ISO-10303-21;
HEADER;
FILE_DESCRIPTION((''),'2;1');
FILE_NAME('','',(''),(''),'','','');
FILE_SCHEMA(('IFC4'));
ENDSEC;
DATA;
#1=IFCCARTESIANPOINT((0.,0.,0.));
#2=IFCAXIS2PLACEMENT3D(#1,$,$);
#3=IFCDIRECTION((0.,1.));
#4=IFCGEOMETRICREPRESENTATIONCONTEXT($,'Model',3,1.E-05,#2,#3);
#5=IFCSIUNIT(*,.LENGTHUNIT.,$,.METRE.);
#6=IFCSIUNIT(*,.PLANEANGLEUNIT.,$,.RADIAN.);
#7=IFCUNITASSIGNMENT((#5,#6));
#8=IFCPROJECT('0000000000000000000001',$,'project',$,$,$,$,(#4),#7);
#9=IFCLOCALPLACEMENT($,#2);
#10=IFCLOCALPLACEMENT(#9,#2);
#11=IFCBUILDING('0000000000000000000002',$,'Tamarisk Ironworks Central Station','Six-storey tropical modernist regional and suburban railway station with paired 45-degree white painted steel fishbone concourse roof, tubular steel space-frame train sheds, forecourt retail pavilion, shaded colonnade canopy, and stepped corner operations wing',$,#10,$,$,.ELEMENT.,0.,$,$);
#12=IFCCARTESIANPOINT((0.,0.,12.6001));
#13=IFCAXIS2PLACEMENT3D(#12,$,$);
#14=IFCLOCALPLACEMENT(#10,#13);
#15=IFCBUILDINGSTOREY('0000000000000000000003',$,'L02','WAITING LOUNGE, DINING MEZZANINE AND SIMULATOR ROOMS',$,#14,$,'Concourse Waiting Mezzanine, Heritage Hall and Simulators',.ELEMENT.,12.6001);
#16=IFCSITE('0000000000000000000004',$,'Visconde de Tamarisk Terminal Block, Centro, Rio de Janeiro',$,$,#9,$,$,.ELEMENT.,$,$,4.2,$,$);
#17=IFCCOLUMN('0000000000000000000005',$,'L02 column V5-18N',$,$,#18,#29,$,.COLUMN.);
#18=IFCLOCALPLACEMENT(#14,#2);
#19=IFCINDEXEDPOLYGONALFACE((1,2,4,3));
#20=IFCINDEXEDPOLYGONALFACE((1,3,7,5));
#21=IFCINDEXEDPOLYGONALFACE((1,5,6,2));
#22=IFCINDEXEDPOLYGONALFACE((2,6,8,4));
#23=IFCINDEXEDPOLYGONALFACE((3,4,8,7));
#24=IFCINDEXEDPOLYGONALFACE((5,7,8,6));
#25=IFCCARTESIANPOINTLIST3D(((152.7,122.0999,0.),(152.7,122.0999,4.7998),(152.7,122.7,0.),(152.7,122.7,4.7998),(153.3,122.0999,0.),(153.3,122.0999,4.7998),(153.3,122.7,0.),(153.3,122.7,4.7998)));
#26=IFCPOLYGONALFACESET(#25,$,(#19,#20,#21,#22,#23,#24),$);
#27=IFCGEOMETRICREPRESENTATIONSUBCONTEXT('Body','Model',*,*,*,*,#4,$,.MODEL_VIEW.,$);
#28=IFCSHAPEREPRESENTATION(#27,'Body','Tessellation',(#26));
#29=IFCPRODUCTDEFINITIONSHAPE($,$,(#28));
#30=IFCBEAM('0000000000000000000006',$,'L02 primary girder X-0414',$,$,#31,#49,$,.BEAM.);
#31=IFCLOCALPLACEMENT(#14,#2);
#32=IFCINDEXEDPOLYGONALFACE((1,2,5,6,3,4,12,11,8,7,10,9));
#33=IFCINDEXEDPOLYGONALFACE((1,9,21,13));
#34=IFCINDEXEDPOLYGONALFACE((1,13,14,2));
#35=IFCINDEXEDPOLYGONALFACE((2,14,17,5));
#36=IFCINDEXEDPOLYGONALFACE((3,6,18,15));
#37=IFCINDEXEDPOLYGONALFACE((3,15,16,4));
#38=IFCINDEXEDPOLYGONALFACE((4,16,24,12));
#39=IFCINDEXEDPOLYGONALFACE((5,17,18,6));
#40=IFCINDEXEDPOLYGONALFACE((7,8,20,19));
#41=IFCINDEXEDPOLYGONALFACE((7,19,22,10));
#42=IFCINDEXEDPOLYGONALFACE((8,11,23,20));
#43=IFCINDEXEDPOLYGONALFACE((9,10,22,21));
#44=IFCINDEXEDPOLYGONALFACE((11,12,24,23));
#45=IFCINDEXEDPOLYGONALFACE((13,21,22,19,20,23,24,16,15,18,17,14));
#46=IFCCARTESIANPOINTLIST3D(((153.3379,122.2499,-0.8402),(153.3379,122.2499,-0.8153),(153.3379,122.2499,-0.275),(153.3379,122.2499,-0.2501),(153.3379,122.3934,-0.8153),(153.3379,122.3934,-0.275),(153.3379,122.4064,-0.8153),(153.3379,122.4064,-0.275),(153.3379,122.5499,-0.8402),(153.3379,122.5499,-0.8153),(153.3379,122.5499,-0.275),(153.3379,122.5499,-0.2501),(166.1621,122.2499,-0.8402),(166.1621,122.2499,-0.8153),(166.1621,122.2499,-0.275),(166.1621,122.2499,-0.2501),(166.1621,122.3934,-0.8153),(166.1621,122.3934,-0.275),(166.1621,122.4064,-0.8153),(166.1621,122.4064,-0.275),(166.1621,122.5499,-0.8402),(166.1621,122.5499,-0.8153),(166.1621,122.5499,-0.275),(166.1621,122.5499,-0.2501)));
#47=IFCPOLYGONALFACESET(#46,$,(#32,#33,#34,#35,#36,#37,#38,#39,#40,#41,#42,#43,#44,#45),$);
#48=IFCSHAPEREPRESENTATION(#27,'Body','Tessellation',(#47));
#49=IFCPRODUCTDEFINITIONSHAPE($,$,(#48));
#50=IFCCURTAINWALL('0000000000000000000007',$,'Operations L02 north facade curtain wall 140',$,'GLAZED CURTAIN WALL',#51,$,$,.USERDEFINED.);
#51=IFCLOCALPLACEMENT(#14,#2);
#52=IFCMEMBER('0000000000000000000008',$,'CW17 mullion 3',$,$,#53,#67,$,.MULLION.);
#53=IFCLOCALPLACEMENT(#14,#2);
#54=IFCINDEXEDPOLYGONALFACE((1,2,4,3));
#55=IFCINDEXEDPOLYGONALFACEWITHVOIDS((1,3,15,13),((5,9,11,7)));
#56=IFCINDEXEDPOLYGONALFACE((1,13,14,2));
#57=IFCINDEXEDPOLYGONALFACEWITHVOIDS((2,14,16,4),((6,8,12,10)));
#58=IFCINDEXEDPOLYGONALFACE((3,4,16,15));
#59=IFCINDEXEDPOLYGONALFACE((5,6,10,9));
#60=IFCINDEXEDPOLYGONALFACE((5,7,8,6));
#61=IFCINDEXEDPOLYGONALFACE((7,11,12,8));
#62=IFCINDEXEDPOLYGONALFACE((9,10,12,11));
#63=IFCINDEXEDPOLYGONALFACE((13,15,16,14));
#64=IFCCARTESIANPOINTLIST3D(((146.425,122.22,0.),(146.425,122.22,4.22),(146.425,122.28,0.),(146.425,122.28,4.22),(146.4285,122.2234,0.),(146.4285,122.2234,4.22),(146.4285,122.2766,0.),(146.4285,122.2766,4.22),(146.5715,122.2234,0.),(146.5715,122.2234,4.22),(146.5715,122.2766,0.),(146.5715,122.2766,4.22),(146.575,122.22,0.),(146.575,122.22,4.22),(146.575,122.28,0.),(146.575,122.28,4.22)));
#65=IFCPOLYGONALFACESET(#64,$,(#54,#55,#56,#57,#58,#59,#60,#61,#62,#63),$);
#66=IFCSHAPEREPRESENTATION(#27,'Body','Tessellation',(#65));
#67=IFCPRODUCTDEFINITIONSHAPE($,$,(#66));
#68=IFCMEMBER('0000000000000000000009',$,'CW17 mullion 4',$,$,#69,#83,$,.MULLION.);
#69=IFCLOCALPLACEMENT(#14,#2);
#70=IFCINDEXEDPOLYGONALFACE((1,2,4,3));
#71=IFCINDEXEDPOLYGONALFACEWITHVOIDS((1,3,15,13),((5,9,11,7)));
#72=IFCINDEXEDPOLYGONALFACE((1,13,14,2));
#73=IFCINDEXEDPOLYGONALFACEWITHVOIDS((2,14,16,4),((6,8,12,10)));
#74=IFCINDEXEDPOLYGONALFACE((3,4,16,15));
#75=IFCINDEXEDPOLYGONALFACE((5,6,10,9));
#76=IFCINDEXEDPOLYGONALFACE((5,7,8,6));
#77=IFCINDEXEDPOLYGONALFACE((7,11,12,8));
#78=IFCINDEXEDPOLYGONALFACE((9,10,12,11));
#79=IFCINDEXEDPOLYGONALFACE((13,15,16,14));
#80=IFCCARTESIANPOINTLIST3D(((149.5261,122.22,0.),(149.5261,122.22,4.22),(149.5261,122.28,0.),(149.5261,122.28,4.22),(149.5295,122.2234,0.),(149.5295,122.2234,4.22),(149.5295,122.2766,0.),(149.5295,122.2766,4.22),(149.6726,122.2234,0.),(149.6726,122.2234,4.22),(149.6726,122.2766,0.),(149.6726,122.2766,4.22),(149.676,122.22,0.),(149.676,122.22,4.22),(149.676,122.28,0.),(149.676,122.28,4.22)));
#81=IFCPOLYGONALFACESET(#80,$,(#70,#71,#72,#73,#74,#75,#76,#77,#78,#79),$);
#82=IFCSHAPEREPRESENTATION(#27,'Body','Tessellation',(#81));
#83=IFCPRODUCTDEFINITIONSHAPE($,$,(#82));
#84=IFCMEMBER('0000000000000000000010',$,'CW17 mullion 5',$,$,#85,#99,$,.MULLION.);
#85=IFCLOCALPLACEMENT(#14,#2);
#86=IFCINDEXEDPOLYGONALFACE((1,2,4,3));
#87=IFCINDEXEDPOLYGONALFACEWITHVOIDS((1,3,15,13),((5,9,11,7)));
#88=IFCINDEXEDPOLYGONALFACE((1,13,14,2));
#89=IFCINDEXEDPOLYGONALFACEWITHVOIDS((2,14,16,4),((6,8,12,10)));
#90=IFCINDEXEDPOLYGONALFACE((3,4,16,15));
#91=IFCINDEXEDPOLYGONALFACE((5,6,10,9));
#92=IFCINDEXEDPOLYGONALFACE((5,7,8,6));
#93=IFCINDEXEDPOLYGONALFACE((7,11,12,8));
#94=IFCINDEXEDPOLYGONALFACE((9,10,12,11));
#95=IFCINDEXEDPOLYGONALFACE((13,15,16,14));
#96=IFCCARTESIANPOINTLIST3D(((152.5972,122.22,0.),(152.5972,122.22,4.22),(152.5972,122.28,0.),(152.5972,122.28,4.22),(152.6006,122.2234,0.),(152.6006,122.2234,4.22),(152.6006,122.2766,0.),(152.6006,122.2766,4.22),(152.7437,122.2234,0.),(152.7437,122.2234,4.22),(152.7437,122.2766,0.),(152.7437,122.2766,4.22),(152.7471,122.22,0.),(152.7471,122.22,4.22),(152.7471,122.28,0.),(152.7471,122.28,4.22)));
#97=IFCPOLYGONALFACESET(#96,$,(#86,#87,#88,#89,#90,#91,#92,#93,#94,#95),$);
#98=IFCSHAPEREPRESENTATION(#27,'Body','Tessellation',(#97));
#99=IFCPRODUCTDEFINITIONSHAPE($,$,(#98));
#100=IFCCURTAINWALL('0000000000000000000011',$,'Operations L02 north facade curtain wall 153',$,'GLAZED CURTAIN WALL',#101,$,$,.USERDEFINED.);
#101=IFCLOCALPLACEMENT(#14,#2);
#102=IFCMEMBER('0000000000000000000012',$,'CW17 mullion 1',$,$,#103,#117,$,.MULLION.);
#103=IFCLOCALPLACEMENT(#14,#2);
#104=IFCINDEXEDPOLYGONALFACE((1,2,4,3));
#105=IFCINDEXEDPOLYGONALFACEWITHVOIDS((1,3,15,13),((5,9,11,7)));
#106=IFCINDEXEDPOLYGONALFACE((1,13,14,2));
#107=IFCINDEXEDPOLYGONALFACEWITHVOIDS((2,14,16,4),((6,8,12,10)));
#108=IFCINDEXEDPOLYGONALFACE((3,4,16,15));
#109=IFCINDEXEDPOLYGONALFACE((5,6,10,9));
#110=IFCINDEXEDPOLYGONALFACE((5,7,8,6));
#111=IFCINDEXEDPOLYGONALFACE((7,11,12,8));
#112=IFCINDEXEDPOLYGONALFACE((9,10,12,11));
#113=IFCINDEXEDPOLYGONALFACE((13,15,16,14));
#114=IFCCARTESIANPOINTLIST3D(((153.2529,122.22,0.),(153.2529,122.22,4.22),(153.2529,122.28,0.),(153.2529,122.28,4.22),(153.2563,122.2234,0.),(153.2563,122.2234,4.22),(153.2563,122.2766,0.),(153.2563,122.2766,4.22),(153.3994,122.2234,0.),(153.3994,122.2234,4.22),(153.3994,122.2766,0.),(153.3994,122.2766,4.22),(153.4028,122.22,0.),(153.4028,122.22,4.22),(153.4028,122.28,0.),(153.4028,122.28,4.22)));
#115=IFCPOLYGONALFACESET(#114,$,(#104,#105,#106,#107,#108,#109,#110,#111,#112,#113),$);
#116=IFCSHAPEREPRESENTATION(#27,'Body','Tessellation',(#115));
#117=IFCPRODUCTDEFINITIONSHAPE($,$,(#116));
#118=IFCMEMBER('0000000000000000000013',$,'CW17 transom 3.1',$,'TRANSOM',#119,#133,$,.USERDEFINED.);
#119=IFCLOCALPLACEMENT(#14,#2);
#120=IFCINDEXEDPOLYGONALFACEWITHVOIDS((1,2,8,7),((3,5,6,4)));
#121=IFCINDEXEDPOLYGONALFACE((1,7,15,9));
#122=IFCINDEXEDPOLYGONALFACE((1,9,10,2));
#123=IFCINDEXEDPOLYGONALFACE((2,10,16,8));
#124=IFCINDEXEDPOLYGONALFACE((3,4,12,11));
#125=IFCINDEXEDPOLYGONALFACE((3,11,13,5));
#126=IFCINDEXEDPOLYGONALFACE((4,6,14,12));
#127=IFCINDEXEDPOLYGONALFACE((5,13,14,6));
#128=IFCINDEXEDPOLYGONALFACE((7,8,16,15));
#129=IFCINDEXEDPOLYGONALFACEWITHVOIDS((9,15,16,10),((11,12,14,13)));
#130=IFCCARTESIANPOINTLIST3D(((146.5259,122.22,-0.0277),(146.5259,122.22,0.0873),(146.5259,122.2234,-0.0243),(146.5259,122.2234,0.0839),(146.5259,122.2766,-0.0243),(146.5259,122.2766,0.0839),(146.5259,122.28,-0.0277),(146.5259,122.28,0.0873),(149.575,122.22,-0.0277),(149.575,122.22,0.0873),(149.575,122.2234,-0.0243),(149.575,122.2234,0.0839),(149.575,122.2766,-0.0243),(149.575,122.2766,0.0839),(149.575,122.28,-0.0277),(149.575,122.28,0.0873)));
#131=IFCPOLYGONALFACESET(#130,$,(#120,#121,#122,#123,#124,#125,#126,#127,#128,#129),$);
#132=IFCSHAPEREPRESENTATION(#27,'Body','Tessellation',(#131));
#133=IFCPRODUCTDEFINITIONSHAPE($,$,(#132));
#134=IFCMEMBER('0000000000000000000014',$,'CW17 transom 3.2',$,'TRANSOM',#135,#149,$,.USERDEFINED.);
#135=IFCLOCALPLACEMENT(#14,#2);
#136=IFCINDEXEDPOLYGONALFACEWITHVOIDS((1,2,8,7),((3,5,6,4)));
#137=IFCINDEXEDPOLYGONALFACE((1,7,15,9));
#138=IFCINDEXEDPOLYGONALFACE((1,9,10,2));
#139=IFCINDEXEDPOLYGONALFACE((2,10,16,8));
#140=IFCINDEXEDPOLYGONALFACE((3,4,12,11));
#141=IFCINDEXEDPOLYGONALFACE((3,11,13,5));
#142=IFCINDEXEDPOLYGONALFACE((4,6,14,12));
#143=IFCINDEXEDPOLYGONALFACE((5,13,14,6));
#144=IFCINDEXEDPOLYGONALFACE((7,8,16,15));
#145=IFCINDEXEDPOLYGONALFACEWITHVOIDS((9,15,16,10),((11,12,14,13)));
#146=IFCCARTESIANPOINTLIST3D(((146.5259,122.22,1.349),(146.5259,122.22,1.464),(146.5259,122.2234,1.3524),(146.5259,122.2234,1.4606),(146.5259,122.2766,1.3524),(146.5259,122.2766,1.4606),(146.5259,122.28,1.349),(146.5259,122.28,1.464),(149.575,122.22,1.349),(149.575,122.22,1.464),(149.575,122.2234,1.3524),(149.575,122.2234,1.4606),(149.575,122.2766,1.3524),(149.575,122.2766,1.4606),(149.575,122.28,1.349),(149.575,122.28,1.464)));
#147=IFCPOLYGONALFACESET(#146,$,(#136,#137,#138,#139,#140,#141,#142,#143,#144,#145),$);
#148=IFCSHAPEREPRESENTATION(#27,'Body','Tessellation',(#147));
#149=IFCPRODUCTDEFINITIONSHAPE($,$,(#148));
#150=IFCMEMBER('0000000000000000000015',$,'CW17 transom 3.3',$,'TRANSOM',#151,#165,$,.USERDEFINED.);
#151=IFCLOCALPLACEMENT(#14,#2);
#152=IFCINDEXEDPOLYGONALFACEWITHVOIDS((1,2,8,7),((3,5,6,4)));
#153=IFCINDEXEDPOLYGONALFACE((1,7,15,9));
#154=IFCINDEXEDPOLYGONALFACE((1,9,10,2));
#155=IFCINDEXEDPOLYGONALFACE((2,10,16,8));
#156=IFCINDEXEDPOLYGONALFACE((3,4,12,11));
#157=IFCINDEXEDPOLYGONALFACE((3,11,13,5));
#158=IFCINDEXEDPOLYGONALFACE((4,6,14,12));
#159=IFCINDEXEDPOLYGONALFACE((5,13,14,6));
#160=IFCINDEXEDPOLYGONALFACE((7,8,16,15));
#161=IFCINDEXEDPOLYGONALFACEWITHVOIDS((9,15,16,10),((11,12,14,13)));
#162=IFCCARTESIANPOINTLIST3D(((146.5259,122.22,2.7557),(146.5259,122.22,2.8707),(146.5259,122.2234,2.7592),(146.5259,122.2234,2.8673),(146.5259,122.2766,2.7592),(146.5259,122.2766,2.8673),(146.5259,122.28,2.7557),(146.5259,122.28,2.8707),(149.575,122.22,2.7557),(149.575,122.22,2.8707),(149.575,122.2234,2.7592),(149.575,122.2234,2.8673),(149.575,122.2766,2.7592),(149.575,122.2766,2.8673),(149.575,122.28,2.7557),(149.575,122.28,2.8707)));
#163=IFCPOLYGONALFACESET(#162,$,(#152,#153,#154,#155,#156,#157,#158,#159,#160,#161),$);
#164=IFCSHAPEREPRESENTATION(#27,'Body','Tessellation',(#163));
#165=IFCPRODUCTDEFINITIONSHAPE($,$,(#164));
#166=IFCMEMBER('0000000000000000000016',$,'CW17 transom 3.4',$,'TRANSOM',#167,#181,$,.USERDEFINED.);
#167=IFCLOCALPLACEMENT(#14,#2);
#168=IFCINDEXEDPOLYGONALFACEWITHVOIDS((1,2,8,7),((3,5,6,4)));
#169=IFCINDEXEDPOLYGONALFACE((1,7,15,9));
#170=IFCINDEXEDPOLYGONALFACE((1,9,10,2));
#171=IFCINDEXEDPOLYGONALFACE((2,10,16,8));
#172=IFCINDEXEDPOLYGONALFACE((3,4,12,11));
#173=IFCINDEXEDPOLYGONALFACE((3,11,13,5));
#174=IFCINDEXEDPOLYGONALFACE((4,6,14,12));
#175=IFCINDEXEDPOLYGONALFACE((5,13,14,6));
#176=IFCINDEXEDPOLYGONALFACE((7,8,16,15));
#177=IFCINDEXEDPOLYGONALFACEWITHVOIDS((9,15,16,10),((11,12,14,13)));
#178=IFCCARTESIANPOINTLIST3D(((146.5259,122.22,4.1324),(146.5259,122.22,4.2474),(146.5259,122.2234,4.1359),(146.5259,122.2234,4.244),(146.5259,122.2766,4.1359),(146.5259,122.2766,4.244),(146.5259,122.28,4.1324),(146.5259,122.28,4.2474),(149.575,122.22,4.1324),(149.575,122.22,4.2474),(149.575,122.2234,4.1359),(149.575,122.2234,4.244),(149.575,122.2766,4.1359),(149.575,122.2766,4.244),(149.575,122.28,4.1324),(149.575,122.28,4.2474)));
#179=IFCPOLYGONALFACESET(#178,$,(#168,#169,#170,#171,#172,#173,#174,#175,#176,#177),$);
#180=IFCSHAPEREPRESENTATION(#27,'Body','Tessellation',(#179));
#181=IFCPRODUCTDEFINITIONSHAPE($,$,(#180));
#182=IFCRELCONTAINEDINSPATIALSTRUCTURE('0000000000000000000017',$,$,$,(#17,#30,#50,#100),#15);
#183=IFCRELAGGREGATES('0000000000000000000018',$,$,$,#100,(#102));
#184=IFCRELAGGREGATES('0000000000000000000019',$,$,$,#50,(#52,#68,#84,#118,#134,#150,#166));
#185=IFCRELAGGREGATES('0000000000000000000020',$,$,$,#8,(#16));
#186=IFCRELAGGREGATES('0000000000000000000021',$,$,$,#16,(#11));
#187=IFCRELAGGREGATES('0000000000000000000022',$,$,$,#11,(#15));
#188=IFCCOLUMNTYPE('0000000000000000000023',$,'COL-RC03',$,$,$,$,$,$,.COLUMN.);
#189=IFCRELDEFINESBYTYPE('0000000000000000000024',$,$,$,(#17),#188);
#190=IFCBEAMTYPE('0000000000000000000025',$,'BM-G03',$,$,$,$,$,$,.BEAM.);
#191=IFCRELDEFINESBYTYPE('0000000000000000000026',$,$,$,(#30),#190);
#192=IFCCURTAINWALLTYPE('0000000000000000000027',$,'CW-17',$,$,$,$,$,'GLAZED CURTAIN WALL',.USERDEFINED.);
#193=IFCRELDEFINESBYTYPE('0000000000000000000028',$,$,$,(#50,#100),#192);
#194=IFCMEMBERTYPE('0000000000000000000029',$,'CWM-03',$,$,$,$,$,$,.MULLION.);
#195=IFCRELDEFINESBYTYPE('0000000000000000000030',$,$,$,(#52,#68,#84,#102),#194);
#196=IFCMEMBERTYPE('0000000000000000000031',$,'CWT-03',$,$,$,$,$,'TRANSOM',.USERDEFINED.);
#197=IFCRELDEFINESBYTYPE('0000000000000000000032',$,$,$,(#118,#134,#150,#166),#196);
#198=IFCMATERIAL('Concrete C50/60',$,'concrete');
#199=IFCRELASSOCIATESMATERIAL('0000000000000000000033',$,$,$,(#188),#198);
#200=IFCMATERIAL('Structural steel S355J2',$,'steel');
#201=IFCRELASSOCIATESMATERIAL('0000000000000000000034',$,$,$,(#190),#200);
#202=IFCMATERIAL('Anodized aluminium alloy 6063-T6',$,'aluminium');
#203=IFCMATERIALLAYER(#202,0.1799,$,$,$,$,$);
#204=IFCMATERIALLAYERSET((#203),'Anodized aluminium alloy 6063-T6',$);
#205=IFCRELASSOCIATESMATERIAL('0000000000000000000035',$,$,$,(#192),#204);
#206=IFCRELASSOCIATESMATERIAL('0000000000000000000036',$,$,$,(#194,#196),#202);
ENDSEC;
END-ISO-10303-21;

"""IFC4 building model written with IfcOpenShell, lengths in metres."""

from ifc_helpers import new_model, si_unit, direction, frame, origin, origin_2d, place, context, subcontext, project, spatial, rectangle, hollow_rectangle, i_section, extrude, material, layer, layer_set, material_profile, profile_set, type_object, element, aggregate, save


model = new_model("IFC4")

# Units and contexts
model_context = context("Model", 3, precision=1e-05, world=origin(), true_north=direction((0.0, 1.0)))
body_context = subcontext(model_context, "Body", "Model", "MODEL_VIEW")
ifc_project = project(units=[si_unit("LENGTHUNIT", "METRE"), si_unit("PLANEANGLEUNIT", "RADIAN")], contexts=[model_context])

# Site, building, storey
site_placement = place(None, origin())
site = spatial("IfcSite", under=ifc_project, at=site_placement, Name="Visconde de Tamarisk Terminal Block, Centro, Rio de Janeiro", CompositionType="ELEMENT", RefElevation=4.2)
building_placement = place(site_placement, origin())
building = spatial("IfcBuilding", under=site, at=building_placement, Name="Tamarisk Ironworks Central Station", Description="Six-storey tropical modernist regional and suburban railway station with paired 45-degree white painted steel fishbone concourse roof, tubular steel space-frame train sheds, forecourt retail pavilion, shaded colonnade canopy, and stepped corner operations wing", CompositionType="ELEMENT", ElevationOfRefHeight=0.0)
storey_placement = place(building_placement, frame((0.0, 0.0, 12.6001)))
storey = spatial("IfcBuildingStorey", under=building, at=storey_placement, Name="L02", Description="WAITING LOUNGE, DINING MEZZANINE AND SIMULATOR ROOMS", LongName="Concourse Waiting Mezzanine, Heritage Hall and Simulators", CompositionType="ELEMENT", Elevation=12.6001)

# Column
ifc_material_1 = material(Name="Concrete C50/60", Category="concrete")
ifc_material_profile_1 = material_profile(ifc_material_1, rectangle(XDim=0.6001, YDim=0.6001, at=origin_2d()), Name="RC 600x600")
ifc_profile_set_1 = profile_set([ifc_material_profile_1], Name="Concrete C50/60")
column_type = type_object("IfcColumnType", Name="COL-RC03", PredefinedType="COLUMN", material=ifc_profile_set_1)
column_placement = place(storey_placement, frame((153.0, 122.3999, 0.0), z_axis=(0.0, 0.0, 1.0), x_axis=(1.0, 0.0, 0.0)))
element("IfcColumn", 1, at=column_placement, inside=storey, type_object=column_type, Name="L02 column V5-18N", PredefinedType="COLUMN", context=body_context, shape_type="SweptSolid", body=[
    extrude(rectangle(XDim=0.6001, YDim=0.6001, at=origin_2d()), origin(), (0.0, 0.0, 1.0), 4.7998),
])

# Beam
ifc_material_2 = material(Name="Structural steel S355J2", Category="steel")
ifc_material_profile_2 = material_profile(ifc_material_2, i_section(OverallWidth=0.3, OverallDepth=0.5901, WebThickness=0.0129, FlangeThickness=0.0249, at=origin_2d()), Name="HEA 600")
ifc_profile_set_2 = profile_set([ifc_material_profile_2], Name="Structural steel S355J2")
beam_type = type_object("IfcBeamType", Name="BM-G03", PredefinedType="BEAM", material=ifc_profile_set_2)
beam_placement = place(storey_placement, frame((153.3379, 122.3999, -0.5452), z_axis=(1.0, 0.0, 0.0), x_axis=(0.0, 1.0, 0.0)))
element("IfcBeam", 2, at=beam_placement, inside=storey, type_object=beam_type, Name="L02 primary girder X-0414", PredefinedType="BEAM", context=body_context, shape_type="SweptSolid", body=[
    extrude(i_section(OverallWidth=0.3, OverallDepth=0.5901, WebThickness=0.0129, FlangeThickness=0.0249, at=origin_2d()), origin(), (0.0, 0.0, 1.0), 12.8242),
])

# Curtain wall, members
ifc_material_3 = material(Name="Anodized aluminium alloy 6063-T6", Category="aluminium")
ifc_layer_1 = layer(ifc_material_3, 0.1799)
ifc_layer_set_1 = layer_set([ifc_layer_1], Name="Anodized aluminium alloy 6063-T6")
curtain_wall_type = type_object("IfcCurtainWallType", Name="CW-17", ElementType="GLAZED CURTAIN WALL", PredefinedType="USERDEFINED", material=ifc_layer_set_1)
curtain_wall_1_placement = place(storey_placement, origin())
curtain_wall_1 = element("IfcCurtainWall", 3, at=curtain_wall_1_placement, inside=storey, type_object=curtain_wall_type, Name="Operations L02 north facade curtain wall 140", ObjectType="GLAZED CURTAIN WALL", PredefinedType="USERDEFINED")
ifc_material_profile_3 = material_profile(ifc_material_3, hollow_rectangle(XDim=0.0601, YDim=0.1499, WallThickness=0.0034, at=origin_2d()), Name="ALUM 150x60")
ifc_profile_set_3 = profile_set([ifc_material_profile_3], Name="Anodized aluminium alloy 6063-T6")
member_type_1 = type_object("IfcMemberType", Name="CWM-03", PredefinedType="MULLION", material=ifc_profile_set_3)
member_1_placement = place(storey_placement, frame((146.5, 122.25, 0.0), z_axis=(0.0, 0.0, 1.0), x_axis=(0.0, 1.0, 0.0)))
member_1 = element("IfcMember", 4, at=member_1_placement, type_object=member_type_1, Name="CW17 mullion 3", PredefinedType="MULLION", context=body_context, shape_type="SweptSolid", body=[
    extrude(hollow_rectangle(XDim=0.0601, YDim=0.1499, WallThickness=0.0034, at=origin_2d()), origin(), (0.0, 0.0, 1.0), 4.22),
])
member_2_placement = place(storey_placement, frame((149.6011, 122.25, 0.0), z_axis=(0.0, 0.0, 1.0), x_axis=(0.0, 1.0, 0.0)))
member_2 = element("IfcMember", 5, at=member_2_placement, type_object=member_type_1, Name="CW17 mullion 4", PredefinedType="MULLION", context=body_context, shape_type="SweptSolid", body=[
    extrude(hollow_rectangle(XDim=0.0601, YDim=0.1499, WallThickness=0.0034, at=origin_2d()), origin(), (0.0, 0.0, 1.0), 4.22),
])
member_3_placement = place(storey_placement, frame((152.6721, 122.25, 0.0), z_axis=(0.0, 0.0, 1.0), x_axis=(0.0, 1.0, 0.0)))
member_3 = element("IfcMember", 6, at=member_3_placement, type_object=member_type_1, Name="CW17 mullion 5", PredefinedType="MULLION", context=body_context, shape_type="SweptSolid", body=[
    extrude(hollow_rectangle(XDim=0.0601, YDim=0.1499, WallThickness=0.0034, at=origin_2d()), origin(), (0.0, 0.0, 1.0), 4.22),
])

# Curtain wall, member
curtain_wall_2_placement = place(storey_placement, origin())
curtain_wall_2 = element("IfcCurtainWall", 7, at=curtain_wall_2_placement, inside=storey, type_object=curtain_wall_type, Name="Operations L02 north facade curtain wall 153", ObjectType="GLAZED CURTAIN WALL", PredefinedType="USERDEFINED")
member_4_placement = place(storey_placement, frame((153.3279, 122.25, 0.0), z_axis=(0.0, 0.0, 1.0), x_axis=(0.0, 1.0, 0.0)))
member_4 = element("IfcMember", 8, at=member_4_placement, type_object=member_type_1, Name="CW17 mullion 1", PredefinedType="MULLION", context=body_context, shape_type="SweptSolid", body=[
    extrude(hollow_rectangle(XDim=0.0601, YDim=0.1499, WallThickness=0.0034, at=origin_2d()), origin(), (0.0, 0.0, 1.0), 4.22),
])

# Members
ifc_material_profile_4 = material_profile(ifc_material_3, hollow_rectangle(XDim=0.0601, YDim=0.115, WallThickness=0.0034, at=origin_2d()), Name="ALUM 115x60")
ifc_profile_set_4 = profile_set([ifc_material_profile_4], Name="Anodized aluminium alloy 6063-T6")
member_type_2 = type_object("IfcMemberType", Name="CWT-03", ElementType="TRANSOM", PredefinedType="USERDEFINED", material=ifc_profile_set_4)
member_5_placement = place(storey_placement, frame((146.5259, 122.25, 0.0298), z_axis=(1.0, 0.0, 0.0), x_axis=(0.0, 1.0, 0.0)))
member_5 = element("IfcMember", 9, at=member_5_placement, type_object=member_type_2, Name="CW17 transom 3.1", ObjectType="TRANSOM", PredefinedType="USERDEFINED", context=body_context, shape_type="SweptSolid", body=[
    extrude(hollow_rectangle(XDim=0.0601, YDim=0.115, WallThickness=0.0034, at=origin_2d()), origin(), (0.0, 0.0, 1.0), 3.0491),
])
member_6_placement = place(storey_placement, frame((146.5259, 122.25, 1.4065), z_axis=(1.0, 0.0, 0.0), x_axis=(0.0, 1.0, 0.0)))
member_6 = element("IfcMember", 10, at=member_6_placement, type_object=member_type_2, Name="CW17 transom 3.2", ObjectType="TRANSOM", PredefinedType="USERDEFINED", context=body_context, shape_type="SweptSolid", body=[
    extrude(hollow_rectangle(XDim=0.0601, YDim=0.115, WallThickness=0.0034, at=origin_2d()), origin(), (0.0, 0.0, 1.0), 3.0491),
])
member_7_placement = place(storey_placement, frame((146.5259, 122.25, 2.8132), z_axis=(1.0, 0.0, 0.0), x_axis=(0.0, 1.0, 0.0)))
member_7 = element("IfcMember", 11, at=member_7_placement, type_object=member_type_2, Name="CW17 transom 3.3", ObjectType="TRANSOM", PredefinedType="USERDEFINED", context=body_context, shape_type="SweptSolid", body=[
    extrude(hollow_rectangle(XDim=0.0601, YDim=0.115, WallThickness=0.0034, at=origin_2d()), origin(), (0.0, 0.0, 1.0), 3.0491),
])
member_8_placement = place(storey_placement, frame((146.5259, 122.25, 4.1899), z_axis=(1.0, 0.0, 0.0), x_axis=(0.0, 1.0, 0.0)))
member_8 = element("IfcMember", 12, at=member_8_placement, type_object=member_type_2, Name="CW17 transom 3.4", ObjectType="TRANSOM", PredefinedType="USERDEFINED", context=body_context, shape_type="SweptSolid", body=[
    extrude(hollow_rectangle(XDim=0.0601, YDim=0.115, WallThickness=0.0034, at=origin_2d()), origin(), (0.0, 0.0, 1.0), 3.0491),
])
aggregate(curtain_wall_2, [member_4])

aggregate(curtain_wall_1, [member_1, member_2, member_3, member_5, member_6, member_7, member_8])

save(model, "model.ifc")
